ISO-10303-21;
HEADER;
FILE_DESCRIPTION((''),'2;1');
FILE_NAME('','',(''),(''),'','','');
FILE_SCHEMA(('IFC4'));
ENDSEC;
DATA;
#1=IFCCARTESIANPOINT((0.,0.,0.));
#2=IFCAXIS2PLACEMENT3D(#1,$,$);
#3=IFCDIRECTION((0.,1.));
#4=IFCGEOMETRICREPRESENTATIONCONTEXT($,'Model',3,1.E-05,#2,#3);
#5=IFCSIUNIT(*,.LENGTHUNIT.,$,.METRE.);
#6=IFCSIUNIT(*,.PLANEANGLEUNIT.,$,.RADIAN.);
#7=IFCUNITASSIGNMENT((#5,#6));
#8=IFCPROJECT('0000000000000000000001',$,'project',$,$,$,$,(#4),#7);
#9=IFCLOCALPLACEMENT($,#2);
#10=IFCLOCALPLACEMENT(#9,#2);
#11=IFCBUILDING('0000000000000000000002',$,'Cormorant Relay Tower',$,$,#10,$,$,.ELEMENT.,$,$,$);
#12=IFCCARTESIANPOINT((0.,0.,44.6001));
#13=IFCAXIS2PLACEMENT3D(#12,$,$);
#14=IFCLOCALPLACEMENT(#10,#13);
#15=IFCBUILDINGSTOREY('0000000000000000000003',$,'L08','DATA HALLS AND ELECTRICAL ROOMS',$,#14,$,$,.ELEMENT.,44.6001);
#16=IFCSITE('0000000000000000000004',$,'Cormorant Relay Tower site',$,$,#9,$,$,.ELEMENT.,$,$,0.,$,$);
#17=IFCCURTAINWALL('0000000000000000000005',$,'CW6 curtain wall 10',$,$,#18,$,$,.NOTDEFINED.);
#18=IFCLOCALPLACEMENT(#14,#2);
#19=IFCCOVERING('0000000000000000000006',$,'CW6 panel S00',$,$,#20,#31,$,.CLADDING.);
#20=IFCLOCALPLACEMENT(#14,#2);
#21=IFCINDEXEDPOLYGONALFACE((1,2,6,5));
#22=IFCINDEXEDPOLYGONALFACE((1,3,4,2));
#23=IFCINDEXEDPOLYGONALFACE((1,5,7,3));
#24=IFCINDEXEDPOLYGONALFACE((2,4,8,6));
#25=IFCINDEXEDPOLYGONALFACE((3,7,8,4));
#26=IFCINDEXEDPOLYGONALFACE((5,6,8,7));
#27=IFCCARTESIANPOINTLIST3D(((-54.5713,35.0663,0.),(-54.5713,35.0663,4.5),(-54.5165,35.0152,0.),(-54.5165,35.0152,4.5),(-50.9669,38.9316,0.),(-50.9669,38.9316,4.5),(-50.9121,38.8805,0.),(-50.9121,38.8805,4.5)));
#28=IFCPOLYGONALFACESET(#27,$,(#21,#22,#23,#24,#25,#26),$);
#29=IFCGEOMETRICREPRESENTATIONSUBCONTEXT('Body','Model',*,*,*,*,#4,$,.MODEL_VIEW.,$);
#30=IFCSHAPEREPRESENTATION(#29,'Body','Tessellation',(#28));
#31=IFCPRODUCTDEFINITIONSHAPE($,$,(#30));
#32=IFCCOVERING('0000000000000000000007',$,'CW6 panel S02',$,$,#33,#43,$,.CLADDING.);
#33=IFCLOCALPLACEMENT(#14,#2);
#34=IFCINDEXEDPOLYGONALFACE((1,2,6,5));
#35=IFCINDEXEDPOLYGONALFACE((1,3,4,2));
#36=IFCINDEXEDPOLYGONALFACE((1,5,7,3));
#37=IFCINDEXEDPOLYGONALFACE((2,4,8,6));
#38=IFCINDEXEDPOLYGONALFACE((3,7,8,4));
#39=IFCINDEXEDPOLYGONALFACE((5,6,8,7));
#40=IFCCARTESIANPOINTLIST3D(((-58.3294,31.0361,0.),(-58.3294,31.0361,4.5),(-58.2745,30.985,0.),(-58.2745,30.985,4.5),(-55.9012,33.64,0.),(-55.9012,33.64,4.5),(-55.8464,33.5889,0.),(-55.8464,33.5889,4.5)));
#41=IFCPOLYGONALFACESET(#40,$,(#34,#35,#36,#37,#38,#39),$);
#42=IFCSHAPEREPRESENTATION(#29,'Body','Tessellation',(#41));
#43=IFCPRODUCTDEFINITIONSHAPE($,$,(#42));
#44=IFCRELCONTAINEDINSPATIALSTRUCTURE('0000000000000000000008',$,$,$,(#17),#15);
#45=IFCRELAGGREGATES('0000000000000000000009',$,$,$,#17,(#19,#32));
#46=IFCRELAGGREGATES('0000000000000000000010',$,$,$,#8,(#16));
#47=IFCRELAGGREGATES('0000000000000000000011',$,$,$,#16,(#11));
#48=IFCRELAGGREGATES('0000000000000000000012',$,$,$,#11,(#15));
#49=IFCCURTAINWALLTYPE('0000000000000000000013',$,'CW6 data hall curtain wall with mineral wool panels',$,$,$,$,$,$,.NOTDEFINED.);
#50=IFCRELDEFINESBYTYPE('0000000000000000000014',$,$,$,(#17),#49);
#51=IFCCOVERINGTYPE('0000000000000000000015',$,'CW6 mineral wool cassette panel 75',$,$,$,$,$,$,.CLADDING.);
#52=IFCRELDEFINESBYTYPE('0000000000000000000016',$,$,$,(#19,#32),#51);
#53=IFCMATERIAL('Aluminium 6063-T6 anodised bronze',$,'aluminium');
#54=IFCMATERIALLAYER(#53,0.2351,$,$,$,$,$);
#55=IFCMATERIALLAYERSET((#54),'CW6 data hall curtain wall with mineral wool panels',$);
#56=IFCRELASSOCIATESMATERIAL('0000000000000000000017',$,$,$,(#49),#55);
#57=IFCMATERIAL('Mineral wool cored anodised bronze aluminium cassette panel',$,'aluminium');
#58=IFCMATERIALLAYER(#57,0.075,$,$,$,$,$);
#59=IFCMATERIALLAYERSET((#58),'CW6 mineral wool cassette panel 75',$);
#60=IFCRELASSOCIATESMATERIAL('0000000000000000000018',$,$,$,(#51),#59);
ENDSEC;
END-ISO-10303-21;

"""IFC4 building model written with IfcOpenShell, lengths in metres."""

from ifc_helpers import new_model, si_unit, direction, frame, origin, origin_2d, place, context, subcontext, project, spatial, rectangle, extrude, material, layer, layer_set, type_object, element, aggregate, save


model = new_model("IFC4")

# Units and contexts
model_context = context("Model", 3, precision=1e-05, world=origin(), true_north=direction((0.0, 1.0)))
body_context = subcontext(model_context, "Body", "Model", "MODEL_VIEW")
ifc_project = project(units=[si_unit("LENGTHUNIT", "METRE"), si_unit("PLANEANGLEUNIT", "RADIAN")], contexts=[model_context])

# Site, building, storey
site_placement = place(None, origin())
site = spatial("IfcSite", under=ifc_project, at=site_placement, Name="Cormorant Relay Tower site", CompositionType="ELEMENT", RefElevation=0.0)
building_placement = place(site_placement, origin())
building = spatial("IfcBuilding", under=site, at=building_placement, Name="Cormorant Relay Tower", CompositionType="ELEMENT")
storey_placement = place(building_placement, frame((0.0, 0.0, 44.6001)))
storey = spatial("IfcBuildingStorey", under=building, at=storey_placement, Name="L08", Description="DATA HALLS AND ELECTRICAL ROOMS", CompositionType="ELEMENT", Elevation=44.6001)

# Curtain wall
ifc_material_1 = material(Name="Aluminium 6063-T6 anodised bronze", Category="aluminium")
ifc_layer_1 = layer(ifc_material_1, 0.2351)
ifc_layer_set_1 = layer_set([ifc_layer_1], Name="CW6 data hall curtain wall with mineral wool panels")
curtain_wall_type = type_object("IfcCurtainWallType", Name="CW6 data hall curtain wall with mineral wool panels", PredefinedType="NOTDEFINED", material=ifc_layer_set_1)
curtain_wall_1_placement = place(storey_placement, origin())
curtain_wall_1 = element("IfcCurtainWall", 1, at=curtain_wall_1_placement, inside=storey, type_object=curtain_wall_type, Name="CW6 curtain wall 10", PredefinedType="NOTDEFINED")

# Coverings
ifc_material_2 = material(Name="Mineral wool cored anodised bronze aluminium cassette panel", Category="aluminium")
ifc_layer_2 = layer(ifc_material_2, 0.075)
ifc_layer_set_2 = layer_set([ifc_layer_2], Name="CW6 mineral wool cassette panel 75")
covering_type = type_object("IfcCoveringType", Name="CW6 mineral wool cassette panel 75", PredefinedType="CLADDING", material=ifc_layer_set_2)
covering_1_placement = place(storey_placement, frame((-52.7417, 36.9734, 0.0), z_axis=(0.0, 0.0, 1.0), x_axis=(-0.681998, -0.731354, 0.0)))
covering_1 = element("IfcCovering", 2, at=covering_1_placement, type_object=covering_type, Name="CW6 panel S00", PredefinedType="CLADDING", context=body_context, shape_type="SweptSolid", body=[
    extrude(rectangle(XDim=5.2852, YDim=0.075, at=origin_2d()), origin(), (0.0, 0.0, 1.0), 4.5),
])
covering_2_placement = place(storey_placement, frame((-57.0879, 32.3125, 0.0), z_axis=(0.0, 0.0, 1.0), x_axis=(-0.681998, -0.731354, 0.0)))
covering_2 = element("IfcCovering", 3, at=covering_2_placement, type_object=covering_type, Name="CW6 panel S02", PredefinedType="CLADDING", context=body_context, shape_type="SweptSolid", body=[
    extrude(rectangle(XDim=3.5603, YDim=0.075, at=origin_2d()), origin(), (0.0, 0.0, 1.0), 4.5),
])
aggregate(curtain_wall_1, [covering_1, covering_2])

save(model, "model.ifc")
